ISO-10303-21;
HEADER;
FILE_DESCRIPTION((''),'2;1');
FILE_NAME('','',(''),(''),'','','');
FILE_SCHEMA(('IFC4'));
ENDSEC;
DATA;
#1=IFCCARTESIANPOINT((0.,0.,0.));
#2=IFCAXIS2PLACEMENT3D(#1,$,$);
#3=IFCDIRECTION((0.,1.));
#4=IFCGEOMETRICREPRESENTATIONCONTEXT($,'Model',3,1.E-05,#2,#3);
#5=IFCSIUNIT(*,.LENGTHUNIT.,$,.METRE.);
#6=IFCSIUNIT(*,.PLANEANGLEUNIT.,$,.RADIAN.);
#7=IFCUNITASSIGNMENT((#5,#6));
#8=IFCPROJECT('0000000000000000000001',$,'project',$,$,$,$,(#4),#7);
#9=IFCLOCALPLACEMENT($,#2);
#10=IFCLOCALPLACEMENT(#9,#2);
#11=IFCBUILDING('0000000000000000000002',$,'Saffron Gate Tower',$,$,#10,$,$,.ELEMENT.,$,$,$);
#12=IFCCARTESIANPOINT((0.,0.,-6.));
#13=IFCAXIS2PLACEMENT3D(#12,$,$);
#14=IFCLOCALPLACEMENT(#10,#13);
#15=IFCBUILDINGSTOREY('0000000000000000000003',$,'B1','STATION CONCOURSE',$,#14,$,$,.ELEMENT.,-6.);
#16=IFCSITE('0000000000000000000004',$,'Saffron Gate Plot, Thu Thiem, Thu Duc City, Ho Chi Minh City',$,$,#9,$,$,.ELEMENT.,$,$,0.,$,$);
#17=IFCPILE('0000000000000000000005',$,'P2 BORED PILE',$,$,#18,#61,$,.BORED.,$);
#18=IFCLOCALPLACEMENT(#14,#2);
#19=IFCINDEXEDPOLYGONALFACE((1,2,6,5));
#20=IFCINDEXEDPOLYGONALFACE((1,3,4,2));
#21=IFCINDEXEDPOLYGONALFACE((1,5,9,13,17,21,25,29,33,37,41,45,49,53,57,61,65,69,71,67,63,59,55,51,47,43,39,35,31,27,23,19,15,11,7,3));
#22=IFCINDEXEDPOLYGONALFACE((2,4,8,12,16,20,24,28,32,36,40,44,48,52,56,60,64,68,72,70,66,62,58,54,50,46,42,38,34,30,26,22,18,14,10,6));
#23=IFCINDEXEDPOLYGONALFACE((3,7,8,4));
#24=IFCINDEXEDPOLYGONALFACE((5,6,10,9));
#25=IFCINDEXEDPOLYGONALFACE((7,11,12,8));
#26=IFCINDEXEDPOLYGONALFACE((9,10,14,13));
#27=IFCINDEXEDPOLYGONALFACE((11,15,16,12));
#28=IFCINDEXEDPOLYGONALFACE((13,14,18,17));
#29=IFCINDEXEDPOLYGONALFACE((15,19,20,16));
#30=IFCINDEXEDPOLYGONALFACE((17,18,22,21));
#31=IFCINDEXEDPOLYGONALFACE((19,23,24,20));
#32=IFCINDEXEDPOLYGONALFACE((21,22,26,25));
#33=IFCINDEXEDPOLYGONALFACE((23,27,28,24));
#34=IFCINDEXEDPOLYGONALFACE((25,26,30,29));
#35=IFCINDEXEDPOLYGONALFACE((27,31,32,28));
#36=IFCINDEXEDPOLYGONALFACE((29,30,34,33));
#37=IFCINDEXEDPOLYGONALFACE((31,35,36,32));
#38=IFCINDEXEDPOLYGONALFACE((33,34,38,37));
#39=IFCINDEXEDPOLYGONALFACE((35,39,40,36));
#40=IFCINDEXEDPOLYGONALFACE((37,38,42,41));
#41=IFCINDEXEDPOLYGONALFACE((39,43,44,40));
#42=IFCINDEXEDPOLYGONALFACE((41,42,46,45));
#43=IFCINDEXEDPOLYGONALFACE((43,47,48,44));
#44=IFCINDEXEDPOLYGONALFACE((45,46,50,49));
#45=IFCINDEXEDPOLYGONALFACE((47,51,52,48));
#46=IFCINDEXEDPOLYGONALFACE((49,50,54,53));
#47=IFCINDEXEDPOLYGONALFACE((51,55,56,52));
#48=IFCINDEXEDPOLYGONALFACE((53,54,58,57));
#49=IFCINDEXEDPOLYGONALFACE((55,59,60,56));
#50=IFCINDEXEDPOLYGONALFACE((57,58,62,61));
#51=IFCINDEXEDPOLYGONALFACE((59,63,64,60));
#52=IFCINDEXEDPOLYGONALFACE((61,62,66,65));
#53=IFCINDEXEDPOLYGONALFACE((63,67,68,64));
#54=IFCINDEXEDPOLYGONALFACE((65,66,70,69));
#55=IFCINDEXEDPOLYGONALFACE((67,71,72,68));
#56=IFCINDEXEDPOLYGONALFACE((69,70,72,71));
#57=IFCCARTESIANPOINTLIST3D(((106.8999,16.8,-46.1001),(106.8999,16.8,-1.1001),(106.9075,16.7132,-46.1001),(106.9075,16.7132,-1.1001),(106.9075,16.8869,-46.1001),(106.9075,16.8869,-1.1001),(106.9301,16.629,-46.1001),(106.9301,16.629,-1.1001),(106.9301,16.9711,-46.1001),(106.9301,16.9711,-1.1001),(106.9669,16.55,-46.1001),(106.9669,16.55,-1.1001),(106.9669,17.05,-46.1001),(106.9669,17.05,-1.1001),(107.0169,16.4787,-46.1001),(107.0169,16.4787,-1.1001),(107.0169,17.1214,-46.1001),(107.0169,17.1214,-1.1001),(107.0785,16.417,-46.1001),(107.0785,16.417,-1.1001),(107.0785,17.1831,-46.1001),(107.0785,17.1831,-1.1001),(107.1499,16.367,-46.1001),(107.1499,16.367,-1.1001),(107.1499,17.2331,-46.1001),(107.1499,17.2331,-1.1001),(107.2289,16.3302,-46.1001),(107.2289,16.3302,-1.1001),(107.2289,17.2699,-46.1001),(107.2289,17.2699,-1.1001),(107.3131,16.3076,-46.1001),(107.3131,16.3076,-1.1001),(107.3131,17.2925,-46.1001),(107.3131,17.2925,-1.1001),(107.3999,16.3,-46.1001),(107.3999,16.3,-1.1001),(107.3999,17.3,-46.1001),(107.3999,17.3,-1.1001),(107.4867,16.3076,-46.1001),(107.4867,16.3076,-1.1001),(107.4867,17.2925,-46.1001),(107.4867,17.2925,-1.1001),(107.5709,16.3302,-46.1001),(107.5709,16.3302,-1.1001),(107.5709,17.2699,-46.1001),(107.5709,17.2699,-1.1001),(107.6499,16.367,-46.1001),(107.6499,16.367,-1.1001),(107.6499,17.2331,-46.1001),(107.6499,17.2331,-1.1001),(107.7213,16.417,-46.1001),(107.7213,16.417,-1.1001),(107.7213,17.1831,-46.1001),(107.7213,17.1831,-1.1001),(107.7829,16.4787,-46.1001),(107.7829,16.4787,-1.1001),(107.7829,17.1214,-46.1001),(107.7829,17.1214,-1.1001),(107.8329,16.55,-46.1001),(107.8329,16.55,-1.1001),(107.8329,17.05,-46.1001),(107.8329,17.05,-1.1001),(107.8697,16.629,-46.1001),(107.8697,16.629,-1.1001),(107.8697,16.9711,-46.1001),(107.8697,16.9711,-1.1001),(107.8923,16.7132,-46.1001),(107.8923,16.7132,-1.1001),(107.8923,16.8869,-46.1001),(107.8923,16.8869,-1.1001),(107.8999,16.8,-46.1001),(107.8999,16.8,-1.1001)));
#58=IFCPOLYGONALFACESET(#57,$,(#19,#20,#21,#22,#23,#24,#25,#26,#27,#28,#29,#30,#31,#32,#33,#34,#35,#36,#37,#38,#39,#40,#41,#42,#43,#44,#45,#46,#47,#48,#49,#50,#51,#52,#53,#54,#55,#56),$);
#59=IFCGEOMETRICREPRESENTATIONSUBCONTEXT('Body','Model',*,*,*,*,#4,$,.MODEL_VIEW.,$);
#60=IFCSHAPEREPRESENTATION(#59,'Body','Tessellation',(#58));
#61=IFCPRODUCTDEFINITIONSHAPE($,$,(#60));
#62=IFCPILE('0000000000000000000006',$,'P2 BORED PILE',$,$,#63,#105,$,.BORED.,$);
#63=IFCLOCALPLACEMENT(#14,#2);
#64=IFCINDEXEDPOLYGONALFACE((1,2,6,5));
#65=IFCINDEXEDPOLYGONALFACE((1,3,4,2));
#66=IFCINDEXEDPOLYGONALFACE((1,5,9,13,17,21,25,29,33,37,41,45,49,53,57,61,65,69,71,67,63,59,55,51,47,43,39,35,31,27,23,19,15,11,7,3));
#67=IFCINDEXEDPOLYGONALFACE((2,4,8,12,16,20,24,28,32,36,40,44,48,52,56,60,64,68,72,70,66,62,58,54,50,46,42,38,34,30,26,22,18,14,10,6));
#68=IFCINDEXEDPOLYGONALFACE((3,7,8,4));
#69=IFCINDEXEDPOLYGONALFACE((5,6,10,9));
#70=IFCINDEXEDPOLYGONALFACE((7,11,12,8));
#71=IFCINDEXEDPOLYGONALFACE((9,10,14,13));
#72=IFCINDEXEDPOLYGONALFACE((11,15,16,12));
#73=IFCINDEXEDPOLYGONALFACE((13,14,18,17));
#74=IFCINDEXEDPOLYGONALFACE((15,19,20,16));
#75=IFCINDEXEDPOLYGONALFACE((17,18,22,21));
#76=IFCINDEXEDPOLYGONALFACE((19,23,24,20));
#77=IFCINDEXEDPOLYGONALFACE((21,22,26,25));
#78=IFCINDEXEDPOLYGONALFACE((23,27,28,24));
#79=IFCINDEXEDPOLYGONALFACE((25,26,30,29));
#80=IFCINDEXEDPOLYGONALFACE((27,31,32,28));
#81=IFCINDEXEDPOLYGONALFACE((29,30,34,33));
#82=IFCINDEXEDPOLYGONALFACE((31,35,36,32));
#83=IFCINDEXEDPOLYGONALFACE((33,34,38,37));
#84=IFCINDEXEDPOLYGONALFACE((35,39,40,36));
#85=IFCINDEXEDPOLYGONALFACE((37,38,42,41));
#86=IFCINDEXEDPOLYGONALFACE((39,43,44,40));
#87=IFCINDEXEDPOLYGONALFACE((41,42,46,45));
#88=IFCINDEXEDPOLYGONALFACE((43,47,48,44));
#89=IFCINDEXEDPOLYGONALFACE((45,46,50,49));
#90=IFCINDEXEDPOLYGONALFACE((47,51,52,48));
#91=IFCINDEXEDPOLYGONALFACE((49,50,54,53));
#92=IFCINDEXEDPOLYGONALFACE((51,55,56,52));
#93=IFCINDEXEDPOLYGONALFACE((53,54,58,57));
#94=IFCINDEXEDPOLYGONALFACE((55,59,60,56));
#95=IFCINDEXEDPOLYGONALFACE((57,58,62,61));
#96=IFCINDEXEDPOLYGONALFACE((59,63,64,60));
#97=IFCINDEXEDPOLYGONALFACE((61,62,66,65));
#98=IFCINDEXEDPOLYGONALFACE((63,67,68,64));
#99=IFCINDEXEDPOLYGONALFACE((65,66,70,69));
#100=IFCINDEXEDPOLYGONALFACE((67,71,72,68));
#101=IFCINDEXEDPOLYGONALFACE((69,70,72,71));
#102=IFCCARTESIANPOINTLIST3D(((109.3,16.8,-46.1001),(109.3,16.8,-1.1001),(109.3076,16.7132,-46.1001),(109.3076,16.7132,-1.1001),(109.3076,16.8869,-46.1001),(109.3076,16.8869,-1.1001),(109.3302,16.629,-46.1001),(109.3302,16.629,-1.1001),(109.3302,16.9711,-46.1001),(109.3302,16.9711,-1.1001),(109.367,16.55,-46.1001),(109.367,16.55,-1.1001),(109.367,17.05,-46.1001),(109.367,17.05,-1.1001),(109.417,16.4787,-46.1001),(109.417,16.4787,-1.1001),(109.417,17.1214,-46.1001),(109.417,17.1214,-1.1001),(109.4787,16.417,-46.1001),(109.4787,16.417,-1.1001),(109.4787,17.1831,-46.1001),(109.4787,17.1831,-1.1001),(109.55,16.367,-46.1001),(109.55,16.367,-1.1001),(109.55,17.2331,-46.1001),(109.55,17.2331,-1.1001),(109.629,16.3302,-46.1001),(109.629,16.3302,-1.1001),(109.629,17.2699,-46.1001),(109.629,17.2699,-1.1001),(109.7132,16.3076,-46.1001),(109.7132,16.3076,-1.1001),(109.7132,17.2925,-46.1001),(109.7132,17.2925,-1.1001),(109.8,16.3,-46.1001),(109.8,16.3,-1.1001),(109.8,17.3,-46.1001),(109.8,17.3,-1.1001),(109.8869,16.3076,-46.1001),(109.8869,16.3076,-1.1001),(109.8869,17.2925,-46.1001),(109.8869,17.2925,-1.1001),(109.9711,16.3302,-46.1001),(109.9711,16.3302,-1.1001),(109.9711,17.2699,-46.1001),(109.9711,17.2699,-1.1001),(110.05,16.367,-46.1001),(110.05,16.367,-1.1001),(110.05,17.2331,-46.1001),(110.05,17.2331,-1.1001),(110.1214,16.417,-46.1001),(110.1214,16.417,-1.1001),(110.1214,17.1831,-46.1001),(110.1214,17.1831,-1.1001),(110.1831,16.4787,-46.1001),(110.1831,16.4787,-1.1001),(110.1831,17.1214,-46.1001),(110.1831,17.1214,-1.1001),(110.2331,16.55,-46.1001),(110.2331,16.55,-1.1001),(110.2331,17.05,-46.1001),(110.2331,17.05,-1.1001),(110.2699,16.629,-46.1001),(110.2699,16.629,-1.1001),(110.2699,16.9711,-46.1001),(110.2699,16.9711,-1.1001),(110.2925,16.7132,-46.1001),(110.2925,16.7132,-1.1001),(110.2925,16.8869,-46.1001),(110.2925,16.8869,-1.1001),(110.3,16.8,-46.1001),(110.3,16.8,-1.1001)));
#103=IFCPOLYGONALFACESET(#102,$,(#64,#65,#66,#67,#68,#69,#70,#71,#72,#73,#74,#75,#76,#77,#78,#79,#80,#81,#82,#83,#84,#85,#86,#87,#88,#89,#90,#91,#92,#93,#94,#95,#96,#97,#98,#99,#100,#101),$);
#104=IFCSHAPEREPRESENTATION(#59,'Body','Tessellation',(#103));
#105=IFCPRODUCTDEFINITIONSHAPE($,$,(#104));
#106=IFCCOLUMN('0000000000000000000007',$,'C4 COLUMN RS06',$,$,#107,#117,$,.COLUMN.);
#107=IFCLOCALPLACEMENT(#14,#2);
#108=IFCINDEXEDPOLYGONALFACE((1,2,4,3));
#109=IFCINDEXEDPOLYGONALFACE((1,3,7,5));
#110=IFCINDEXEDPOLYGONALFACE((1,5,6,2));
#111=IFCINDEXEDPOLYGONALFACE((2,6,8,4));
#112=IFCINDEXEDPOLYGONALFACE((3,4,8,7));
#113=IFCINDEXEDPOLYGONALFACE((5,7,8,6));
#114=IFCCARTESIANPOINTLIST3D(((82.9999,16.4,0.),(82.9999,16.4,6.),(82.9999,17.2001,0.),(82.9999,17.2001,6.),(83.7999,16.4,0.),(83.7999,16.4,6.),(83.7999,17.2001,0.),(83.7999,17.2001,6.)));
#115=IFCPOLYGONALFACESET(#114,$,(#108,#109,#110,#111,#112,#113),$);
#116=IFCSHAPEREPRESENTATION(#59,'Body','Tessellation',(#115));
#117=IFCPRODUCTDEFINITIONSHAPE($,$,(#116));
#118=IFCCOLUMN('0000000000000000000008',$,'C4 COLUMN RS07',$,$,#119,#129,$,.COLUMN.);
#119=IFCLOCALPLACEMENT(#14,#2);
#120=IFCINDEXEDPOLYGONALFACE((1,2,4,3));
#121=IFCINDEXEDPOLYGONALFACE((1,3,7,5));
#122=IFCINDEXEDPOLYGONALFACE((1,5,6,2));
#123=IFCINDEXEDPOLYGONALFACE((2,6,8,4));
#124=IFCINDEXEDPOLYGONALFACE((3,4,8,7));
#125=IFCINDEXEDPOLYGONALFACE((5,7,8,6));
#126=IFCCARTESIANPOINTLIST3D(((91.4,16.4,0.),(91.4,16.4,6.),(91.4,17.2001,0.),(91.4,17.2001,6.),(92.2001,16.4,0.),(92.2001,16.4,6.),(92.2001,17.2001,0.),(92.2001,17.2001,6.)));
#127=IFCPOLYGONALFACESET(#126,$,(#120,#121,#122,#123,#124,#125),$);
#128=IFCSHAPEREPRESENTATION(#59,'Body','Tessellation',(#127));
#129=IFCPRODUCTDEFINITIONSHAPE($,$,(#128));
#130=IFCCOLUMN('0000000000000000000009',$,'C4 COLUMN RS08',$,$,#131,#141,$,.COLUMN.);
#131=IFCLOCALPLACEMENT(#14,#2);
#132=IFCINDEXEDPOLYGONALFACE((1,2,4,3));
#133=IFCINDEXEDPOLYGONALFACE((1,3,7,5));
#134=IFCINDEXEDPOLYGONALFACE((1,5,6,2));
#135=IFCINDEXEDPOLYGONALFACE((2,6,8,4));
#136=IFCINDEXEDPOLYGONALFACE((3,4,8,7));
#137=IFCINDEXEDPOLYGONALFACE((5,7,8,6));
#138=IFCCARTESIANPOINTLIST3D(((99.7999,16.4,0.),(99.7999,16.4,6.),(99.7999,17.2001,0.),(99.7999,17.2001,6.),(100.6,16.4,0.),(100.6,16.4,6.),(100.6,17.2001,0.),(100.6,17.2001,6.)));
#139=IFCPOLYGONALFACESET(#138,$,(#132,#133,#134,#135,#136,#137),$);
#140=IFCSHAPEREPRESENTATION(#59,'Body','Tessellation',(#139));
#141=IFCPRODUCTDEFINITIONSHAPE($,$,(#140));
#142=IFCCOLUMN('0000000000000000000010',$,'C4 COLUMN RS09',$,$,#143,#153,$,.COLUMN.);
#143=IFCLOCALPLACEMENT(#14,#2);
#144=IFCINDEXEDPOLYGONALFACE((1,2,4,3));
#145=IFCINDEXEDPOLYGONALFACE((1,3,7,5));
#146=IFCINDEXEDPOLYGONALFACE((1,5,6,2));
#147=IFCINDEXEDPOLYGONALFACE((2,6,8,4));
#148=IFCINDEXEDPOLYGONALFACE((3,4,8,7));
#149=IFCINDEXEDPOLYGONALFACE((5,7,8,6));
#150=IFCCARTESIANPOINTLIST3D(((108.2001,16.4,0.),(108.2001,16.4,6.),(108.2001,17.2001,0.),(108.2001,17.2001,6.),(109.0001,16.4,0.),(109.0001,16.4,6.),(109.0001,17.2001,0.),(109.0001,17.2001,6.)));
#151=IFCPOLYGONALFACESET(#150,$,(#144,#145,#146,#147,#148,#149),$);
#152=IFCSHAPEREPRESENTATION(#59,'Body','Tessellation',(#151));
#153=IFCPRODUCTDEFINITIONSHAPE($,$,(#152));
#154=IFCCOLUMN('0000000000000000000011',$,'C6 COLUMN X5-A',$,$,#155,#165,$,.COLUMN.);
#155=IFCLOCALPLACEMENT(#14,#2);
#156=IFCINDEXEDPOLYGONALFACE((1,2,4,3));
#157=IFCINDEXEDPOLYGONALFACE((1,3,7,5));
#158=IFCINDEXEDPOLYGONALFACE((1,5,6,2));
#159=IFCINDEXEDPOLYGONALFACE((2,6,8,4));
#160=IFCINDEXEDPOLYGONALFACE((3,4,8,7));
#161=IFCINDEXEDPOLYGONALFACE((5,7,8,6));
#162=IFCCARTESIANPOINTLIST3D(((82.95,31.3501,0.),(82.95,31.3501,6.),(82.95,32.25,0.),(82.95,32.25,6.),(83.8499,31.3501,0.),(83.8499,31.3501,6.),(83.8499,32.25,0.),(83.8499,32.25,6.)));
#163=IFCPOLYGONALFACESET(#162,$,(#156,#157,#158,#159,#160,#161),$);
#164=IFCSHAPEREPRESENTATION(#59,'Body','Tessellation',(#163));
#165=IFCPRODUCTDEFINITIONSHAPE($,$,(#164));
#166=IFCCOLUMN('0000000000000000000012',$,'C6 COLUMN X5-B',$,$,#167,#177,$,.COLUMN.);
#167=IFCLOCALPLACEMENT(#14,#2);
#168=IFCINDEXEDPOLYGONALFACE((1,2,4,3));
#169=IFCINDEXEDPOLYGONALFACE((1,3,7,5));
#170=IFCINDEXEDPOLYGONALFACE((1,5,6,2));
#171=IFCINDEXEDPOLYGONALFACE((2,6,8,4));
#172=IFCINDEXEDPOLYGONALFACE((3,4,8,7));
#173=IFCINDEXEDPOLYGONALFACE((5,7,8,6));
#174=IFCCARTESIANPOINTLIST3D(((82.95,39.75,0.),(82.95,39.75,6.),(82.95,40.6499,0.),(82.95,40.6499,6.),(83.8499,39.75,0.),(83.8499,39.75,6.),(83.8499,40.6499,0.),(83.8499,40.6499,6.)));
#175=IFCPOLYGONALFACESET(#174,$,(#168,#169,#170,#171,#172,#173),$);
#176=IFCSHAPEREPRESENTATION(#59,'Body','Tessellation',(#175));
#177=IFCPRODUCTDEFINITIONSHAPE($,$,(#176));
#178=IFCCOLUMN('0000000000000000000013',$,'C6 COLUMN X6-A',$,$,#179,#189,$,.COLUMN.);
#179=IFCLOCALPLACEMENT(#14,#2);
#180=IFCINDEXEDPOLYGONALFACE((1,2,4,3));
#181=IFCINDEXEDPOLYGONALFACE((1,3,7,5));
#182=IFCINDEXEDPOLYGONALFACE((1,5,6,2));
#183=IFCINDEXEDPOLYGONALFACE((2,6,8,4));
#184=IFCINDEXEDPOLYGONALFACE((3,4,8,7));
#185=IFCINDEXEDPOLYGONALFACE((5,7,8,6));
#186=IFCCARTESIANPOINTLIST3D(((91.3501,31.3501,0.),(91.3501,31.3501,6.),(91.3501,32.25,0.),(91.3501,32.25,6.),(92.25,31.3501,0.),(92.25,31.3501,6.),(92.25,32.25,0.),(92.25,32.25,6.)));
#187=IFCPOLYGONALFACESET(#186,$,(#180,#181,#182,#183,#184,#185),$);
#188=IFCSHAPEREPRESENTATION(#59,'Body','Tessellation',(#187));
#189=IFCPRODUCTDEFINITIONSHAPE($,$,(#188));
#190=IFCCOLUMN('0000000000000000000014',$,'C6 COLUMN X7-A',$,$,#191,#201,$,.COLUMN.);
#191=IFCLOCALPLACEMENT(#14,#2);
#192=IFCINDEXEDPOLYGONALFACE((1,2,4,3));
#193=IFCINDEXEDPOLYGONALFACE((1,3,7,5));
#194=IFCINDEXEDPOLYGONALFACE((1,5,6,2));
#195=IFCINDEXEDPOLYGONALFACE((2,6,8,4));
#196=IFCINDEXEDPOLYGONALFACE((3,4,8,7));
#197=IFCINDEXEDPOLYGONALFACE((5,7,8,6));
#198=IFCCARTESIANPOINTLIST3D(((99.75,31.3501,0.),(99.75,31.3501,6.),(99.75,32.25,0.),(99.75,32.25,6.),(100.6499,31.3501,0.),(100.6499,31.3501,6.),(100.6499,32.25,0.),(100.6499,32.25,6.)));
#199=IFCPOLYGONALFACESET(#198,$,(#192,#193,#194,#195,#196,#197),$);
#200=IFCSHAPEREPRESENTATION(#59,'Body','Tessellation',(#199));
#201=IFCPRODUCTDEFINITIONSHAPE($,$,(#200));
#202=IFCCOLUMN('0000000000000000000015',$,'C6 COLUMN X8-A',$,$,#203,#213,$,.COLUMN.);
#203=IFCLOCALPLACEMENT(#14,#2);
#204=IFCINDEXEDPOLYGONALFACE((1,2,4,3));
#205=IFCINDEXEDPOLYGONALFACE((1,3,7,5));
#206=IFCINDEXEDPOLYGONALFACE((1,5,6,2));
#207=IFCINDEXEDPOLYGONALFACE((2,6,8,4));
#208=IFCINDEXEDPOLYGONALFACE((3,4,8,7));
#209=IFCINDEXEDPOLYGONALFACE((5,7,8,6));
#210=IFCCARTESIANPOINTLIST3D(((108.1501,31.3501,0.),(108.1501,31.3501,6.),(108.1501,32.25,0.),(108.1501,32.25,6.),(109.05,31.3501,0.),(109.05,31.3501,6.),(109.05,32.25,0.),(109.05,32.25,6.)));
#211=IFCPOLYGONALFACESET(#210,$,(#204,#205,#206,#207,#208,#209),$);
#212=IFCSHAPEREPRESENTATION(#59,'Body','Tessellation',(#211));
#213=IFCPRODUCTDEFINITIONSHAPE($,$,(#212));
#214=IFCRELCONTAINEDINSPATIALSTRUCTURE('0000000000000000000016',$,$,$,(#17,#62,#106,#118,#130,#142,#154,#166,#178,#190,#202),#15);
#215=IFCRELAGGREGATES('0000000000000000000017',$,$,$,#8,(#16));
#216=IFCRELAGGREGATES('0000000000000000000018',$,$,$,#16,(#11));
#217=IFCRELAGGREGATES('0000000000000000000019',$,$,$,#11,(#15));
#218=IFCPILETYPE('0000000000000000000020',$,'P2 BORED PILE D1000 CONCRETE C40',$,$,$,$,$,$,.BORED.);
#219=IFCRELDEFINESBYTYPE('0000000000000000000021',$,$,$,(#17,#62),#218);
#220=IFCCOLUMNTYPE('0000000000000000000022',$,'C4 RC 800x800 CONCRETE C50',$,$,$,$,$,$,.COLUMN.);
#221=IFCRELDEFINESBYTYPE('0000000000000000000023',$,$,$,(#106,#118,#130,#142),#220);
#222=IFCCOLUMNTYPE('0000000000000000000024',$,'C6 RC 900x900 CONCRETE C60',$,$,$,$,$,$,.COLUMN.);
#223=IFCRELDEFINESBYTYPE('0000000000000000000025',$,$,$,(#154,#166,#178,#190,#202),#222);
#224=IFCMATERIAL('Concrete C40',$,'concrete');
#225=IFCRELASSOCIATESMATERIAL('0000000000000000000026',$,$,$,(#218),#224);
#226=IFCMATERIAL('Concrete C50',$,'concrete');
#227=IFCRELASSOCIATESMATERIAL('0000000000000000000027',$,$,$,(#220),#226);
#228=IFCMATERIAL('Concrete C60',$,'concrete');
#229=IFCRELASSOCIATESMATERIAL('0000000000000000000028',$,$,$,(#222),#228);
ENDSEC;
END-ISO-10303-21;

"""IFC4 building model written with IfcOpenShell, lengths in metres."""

from ifc_helpers import new_model, si_unit, direction, frame, origin, origin_2d, place, context, subcontext, project, spatial, rectangle, circle, extrude, material, material_profile, profile_set, type_object, element, save


model = new_model("IFC4")

# Units and contexts
model_context = context("Model", 3, precision=1e-05, world=origin(), true_north=direction((0.0, 1.0)))
body_context = subcontext(model_context, "Body", "Model", "MODEL_VIEW")
ifc_project = project(units=[si_unit("LENGTHUNIT", "METRE"), si_unit("PLANEANGLEUNIT", "RADIAN")], contexts=[model_context])

# Site, building, storey
site_placement = place(None, origin())
site = spatial("IfcSite", under=ifc_project, at=site_placement, Name="Saffron Gate Plot, Thu Thiem, Thu Duc City, Ho Chi Minh City", CompositionType="ELEMENT", RefElevation=0.0)
building_placement = place(site_placement, origin())
building = spatial("IfcBuilding", under=site, at=building_placement, Name="Saffron Gate Tower", CompositionType="ELEMENT")
storey_placement = place(building_placement, frame((0.0, 0.0, -6.0)))
storey = spatial("IfcBuildingStorey", under=building, at=storey_placement, Name="B1", Description="STATION CONCOURSE", CompositionType="ELEMENT", Elevation=-6.0)

# Piles
ifc_material_1 = material(Name="Concrete C40", Category="concrete")
ifc_material_profile_1 = material_profile(ifc_material_1, circle(Radius=0.5, at=origin_2d()))
ifc_profile_set_1 = profile_set([ifc_material_profile_1], Name="Concrete C40")
pile_type_1 = type_object("IfcPileType", Name="P2 BORED PILE D1000 CONCRETE C40", PredefinedType="BORED", material=ifc_profile_set_1)
for number, where, z_axis, x_axis, name in (
    (1, (107.3999, 16.8, -1.1001), (0.0, 0.0, -1.0), (1.0, 0.0, 0.0), "P2 BORED PILE"),
    (2, (109.8, 16.8, -1.1001), (0.0, 0.0, -1.0), (1.0, 0.0, 0.0), "P2 BORED PILE"),
):
    element("IfcPile", number, at=place(storey_placement, frame(where, z_axis=z_axis, x_axis=x_axis)), inside=storey, type_object=pile_type_1, Name=name, PredefinedType="BORED", context=body_context, shape_type="SweptSolid", body=[
        extrude(circle(Radius=0.5, at=origin_2d()), origin(), (0.0, 0.0, 1.0), 45.0),
    ])

# Columns
ifc_material_2 = material(Name="Concrete C50", Category="concrete")
ifc_material_profile_2 = material_profile(ifc_material_2, rectangle(XDim=0.8, YDim=0.8, at=origin_2d()))
ifc_profile_set_2 = profile_set([ifc_material_profile_2], Name="Concrete C50")
column_type_1 = type_object("IfcColumnType", Name="C4 RC 800x800 CONCRETE C50", PredefinedType="COLUMN", material=ifc_profile_set_2)
for number, where, z_axis, x_axis, name in (
    (3, (83.3999, 16.8, 0.0), (0.0, 0.0, 1.0), (1.0, 0.0, 0.0), "C4 COLUMN RS06"),
    (4, (91.8, 16.8, 0.0), (0.0, 0.0, 1.0), (1.0, 0.0, 0.0), "C4 COLUMN RS07"),
    (5, (100.2, 16.8, 0.0), (0.0, 0.0, 1.0), (1.0, 0.0, 0.0), "C4 COLUMN RS08"),
    (6, (108.6001, 16.8, 0.0), (0.0, 0.0, 1.0), (1.0, 0.0, 0.0), "C4 COLUMN RS09"),
):
    element("IfcColumn", number, at=place(storey_placement, frame(where, z_axis=z_axis, x_axis=x_axis)), inside=storey, type_object=column_type_1, Name=name, PredefinedType="COLUMN", context=body_context, shape_type="SweptSolid", body=[
        extrude(rectangle(XDim=0.8, YDim=0.8, at=origin_2d()), origin(), (0.0, 0.0, 1.0), 6.0),
    ])
ifc_material_3 = material(Name="Concrete C60", Category="concrete")
ifc_material_profile_3 = material_profile(ifc_material_3, rectangle(XDim=0.8999, YDim=0.8999, at=origin_2d()))
ifc_profile_set_3 = profile_set([ifc_material_profile_3], Name="Concrete C60")
column_type_2 = type_object("IfcColumnType", Name="C6 RC 900x900 CONCRETE C60", PredefinedType="COLUMN", material=ifc_profile_set_3)
for number, where, z_axis, x_axis, name in (
    (7, (83.3999, 31.8, 0.0), (0.0, 0.0, 1.0), (1.0, 0.0, 0.0), "C6 COLUMN X5-A"),
    (8, (83.3999, 40.2, 0.0), (0.0, 0.0, 1.0), (1.0, 0.0, 0.0), "C6 COLUMN X5-B"),
    (9, (91.8, 31.8, 0.0), (0.0, 0.0, 1.0), (1.0, 0.0, 0.0), "C6 COLUMN X6-A"),
    (10, (100.2, 31.8, 0.0), (0.0, 0.0, 1.0), (1.0, 0.0, 0.0), "C6 COLUMN X7-A"),
    (11, (108.6001, 31.8, 0.0), (0.0, 0.0, 1.0), (1.0, 0.0, 0.0), "C6 COLUMN X8-A"),
):
    element("IfcColumn", number, at=place(storey_placement, frame(where, z_axis=z_axis, x_axis=x_axis)), inside=storey, type_object=column_type_2, Name=name, PredefinedType="COLUMN", context=body_context, shape_type="SweptSolid", body=[
        extrude(rectangle(XDim=0.8999, YDim=0.8999, at=origin_2d()), origin(), (0.0, 0.0, 1.0), 6.0),
    ])

save(model, "model.ifc")
